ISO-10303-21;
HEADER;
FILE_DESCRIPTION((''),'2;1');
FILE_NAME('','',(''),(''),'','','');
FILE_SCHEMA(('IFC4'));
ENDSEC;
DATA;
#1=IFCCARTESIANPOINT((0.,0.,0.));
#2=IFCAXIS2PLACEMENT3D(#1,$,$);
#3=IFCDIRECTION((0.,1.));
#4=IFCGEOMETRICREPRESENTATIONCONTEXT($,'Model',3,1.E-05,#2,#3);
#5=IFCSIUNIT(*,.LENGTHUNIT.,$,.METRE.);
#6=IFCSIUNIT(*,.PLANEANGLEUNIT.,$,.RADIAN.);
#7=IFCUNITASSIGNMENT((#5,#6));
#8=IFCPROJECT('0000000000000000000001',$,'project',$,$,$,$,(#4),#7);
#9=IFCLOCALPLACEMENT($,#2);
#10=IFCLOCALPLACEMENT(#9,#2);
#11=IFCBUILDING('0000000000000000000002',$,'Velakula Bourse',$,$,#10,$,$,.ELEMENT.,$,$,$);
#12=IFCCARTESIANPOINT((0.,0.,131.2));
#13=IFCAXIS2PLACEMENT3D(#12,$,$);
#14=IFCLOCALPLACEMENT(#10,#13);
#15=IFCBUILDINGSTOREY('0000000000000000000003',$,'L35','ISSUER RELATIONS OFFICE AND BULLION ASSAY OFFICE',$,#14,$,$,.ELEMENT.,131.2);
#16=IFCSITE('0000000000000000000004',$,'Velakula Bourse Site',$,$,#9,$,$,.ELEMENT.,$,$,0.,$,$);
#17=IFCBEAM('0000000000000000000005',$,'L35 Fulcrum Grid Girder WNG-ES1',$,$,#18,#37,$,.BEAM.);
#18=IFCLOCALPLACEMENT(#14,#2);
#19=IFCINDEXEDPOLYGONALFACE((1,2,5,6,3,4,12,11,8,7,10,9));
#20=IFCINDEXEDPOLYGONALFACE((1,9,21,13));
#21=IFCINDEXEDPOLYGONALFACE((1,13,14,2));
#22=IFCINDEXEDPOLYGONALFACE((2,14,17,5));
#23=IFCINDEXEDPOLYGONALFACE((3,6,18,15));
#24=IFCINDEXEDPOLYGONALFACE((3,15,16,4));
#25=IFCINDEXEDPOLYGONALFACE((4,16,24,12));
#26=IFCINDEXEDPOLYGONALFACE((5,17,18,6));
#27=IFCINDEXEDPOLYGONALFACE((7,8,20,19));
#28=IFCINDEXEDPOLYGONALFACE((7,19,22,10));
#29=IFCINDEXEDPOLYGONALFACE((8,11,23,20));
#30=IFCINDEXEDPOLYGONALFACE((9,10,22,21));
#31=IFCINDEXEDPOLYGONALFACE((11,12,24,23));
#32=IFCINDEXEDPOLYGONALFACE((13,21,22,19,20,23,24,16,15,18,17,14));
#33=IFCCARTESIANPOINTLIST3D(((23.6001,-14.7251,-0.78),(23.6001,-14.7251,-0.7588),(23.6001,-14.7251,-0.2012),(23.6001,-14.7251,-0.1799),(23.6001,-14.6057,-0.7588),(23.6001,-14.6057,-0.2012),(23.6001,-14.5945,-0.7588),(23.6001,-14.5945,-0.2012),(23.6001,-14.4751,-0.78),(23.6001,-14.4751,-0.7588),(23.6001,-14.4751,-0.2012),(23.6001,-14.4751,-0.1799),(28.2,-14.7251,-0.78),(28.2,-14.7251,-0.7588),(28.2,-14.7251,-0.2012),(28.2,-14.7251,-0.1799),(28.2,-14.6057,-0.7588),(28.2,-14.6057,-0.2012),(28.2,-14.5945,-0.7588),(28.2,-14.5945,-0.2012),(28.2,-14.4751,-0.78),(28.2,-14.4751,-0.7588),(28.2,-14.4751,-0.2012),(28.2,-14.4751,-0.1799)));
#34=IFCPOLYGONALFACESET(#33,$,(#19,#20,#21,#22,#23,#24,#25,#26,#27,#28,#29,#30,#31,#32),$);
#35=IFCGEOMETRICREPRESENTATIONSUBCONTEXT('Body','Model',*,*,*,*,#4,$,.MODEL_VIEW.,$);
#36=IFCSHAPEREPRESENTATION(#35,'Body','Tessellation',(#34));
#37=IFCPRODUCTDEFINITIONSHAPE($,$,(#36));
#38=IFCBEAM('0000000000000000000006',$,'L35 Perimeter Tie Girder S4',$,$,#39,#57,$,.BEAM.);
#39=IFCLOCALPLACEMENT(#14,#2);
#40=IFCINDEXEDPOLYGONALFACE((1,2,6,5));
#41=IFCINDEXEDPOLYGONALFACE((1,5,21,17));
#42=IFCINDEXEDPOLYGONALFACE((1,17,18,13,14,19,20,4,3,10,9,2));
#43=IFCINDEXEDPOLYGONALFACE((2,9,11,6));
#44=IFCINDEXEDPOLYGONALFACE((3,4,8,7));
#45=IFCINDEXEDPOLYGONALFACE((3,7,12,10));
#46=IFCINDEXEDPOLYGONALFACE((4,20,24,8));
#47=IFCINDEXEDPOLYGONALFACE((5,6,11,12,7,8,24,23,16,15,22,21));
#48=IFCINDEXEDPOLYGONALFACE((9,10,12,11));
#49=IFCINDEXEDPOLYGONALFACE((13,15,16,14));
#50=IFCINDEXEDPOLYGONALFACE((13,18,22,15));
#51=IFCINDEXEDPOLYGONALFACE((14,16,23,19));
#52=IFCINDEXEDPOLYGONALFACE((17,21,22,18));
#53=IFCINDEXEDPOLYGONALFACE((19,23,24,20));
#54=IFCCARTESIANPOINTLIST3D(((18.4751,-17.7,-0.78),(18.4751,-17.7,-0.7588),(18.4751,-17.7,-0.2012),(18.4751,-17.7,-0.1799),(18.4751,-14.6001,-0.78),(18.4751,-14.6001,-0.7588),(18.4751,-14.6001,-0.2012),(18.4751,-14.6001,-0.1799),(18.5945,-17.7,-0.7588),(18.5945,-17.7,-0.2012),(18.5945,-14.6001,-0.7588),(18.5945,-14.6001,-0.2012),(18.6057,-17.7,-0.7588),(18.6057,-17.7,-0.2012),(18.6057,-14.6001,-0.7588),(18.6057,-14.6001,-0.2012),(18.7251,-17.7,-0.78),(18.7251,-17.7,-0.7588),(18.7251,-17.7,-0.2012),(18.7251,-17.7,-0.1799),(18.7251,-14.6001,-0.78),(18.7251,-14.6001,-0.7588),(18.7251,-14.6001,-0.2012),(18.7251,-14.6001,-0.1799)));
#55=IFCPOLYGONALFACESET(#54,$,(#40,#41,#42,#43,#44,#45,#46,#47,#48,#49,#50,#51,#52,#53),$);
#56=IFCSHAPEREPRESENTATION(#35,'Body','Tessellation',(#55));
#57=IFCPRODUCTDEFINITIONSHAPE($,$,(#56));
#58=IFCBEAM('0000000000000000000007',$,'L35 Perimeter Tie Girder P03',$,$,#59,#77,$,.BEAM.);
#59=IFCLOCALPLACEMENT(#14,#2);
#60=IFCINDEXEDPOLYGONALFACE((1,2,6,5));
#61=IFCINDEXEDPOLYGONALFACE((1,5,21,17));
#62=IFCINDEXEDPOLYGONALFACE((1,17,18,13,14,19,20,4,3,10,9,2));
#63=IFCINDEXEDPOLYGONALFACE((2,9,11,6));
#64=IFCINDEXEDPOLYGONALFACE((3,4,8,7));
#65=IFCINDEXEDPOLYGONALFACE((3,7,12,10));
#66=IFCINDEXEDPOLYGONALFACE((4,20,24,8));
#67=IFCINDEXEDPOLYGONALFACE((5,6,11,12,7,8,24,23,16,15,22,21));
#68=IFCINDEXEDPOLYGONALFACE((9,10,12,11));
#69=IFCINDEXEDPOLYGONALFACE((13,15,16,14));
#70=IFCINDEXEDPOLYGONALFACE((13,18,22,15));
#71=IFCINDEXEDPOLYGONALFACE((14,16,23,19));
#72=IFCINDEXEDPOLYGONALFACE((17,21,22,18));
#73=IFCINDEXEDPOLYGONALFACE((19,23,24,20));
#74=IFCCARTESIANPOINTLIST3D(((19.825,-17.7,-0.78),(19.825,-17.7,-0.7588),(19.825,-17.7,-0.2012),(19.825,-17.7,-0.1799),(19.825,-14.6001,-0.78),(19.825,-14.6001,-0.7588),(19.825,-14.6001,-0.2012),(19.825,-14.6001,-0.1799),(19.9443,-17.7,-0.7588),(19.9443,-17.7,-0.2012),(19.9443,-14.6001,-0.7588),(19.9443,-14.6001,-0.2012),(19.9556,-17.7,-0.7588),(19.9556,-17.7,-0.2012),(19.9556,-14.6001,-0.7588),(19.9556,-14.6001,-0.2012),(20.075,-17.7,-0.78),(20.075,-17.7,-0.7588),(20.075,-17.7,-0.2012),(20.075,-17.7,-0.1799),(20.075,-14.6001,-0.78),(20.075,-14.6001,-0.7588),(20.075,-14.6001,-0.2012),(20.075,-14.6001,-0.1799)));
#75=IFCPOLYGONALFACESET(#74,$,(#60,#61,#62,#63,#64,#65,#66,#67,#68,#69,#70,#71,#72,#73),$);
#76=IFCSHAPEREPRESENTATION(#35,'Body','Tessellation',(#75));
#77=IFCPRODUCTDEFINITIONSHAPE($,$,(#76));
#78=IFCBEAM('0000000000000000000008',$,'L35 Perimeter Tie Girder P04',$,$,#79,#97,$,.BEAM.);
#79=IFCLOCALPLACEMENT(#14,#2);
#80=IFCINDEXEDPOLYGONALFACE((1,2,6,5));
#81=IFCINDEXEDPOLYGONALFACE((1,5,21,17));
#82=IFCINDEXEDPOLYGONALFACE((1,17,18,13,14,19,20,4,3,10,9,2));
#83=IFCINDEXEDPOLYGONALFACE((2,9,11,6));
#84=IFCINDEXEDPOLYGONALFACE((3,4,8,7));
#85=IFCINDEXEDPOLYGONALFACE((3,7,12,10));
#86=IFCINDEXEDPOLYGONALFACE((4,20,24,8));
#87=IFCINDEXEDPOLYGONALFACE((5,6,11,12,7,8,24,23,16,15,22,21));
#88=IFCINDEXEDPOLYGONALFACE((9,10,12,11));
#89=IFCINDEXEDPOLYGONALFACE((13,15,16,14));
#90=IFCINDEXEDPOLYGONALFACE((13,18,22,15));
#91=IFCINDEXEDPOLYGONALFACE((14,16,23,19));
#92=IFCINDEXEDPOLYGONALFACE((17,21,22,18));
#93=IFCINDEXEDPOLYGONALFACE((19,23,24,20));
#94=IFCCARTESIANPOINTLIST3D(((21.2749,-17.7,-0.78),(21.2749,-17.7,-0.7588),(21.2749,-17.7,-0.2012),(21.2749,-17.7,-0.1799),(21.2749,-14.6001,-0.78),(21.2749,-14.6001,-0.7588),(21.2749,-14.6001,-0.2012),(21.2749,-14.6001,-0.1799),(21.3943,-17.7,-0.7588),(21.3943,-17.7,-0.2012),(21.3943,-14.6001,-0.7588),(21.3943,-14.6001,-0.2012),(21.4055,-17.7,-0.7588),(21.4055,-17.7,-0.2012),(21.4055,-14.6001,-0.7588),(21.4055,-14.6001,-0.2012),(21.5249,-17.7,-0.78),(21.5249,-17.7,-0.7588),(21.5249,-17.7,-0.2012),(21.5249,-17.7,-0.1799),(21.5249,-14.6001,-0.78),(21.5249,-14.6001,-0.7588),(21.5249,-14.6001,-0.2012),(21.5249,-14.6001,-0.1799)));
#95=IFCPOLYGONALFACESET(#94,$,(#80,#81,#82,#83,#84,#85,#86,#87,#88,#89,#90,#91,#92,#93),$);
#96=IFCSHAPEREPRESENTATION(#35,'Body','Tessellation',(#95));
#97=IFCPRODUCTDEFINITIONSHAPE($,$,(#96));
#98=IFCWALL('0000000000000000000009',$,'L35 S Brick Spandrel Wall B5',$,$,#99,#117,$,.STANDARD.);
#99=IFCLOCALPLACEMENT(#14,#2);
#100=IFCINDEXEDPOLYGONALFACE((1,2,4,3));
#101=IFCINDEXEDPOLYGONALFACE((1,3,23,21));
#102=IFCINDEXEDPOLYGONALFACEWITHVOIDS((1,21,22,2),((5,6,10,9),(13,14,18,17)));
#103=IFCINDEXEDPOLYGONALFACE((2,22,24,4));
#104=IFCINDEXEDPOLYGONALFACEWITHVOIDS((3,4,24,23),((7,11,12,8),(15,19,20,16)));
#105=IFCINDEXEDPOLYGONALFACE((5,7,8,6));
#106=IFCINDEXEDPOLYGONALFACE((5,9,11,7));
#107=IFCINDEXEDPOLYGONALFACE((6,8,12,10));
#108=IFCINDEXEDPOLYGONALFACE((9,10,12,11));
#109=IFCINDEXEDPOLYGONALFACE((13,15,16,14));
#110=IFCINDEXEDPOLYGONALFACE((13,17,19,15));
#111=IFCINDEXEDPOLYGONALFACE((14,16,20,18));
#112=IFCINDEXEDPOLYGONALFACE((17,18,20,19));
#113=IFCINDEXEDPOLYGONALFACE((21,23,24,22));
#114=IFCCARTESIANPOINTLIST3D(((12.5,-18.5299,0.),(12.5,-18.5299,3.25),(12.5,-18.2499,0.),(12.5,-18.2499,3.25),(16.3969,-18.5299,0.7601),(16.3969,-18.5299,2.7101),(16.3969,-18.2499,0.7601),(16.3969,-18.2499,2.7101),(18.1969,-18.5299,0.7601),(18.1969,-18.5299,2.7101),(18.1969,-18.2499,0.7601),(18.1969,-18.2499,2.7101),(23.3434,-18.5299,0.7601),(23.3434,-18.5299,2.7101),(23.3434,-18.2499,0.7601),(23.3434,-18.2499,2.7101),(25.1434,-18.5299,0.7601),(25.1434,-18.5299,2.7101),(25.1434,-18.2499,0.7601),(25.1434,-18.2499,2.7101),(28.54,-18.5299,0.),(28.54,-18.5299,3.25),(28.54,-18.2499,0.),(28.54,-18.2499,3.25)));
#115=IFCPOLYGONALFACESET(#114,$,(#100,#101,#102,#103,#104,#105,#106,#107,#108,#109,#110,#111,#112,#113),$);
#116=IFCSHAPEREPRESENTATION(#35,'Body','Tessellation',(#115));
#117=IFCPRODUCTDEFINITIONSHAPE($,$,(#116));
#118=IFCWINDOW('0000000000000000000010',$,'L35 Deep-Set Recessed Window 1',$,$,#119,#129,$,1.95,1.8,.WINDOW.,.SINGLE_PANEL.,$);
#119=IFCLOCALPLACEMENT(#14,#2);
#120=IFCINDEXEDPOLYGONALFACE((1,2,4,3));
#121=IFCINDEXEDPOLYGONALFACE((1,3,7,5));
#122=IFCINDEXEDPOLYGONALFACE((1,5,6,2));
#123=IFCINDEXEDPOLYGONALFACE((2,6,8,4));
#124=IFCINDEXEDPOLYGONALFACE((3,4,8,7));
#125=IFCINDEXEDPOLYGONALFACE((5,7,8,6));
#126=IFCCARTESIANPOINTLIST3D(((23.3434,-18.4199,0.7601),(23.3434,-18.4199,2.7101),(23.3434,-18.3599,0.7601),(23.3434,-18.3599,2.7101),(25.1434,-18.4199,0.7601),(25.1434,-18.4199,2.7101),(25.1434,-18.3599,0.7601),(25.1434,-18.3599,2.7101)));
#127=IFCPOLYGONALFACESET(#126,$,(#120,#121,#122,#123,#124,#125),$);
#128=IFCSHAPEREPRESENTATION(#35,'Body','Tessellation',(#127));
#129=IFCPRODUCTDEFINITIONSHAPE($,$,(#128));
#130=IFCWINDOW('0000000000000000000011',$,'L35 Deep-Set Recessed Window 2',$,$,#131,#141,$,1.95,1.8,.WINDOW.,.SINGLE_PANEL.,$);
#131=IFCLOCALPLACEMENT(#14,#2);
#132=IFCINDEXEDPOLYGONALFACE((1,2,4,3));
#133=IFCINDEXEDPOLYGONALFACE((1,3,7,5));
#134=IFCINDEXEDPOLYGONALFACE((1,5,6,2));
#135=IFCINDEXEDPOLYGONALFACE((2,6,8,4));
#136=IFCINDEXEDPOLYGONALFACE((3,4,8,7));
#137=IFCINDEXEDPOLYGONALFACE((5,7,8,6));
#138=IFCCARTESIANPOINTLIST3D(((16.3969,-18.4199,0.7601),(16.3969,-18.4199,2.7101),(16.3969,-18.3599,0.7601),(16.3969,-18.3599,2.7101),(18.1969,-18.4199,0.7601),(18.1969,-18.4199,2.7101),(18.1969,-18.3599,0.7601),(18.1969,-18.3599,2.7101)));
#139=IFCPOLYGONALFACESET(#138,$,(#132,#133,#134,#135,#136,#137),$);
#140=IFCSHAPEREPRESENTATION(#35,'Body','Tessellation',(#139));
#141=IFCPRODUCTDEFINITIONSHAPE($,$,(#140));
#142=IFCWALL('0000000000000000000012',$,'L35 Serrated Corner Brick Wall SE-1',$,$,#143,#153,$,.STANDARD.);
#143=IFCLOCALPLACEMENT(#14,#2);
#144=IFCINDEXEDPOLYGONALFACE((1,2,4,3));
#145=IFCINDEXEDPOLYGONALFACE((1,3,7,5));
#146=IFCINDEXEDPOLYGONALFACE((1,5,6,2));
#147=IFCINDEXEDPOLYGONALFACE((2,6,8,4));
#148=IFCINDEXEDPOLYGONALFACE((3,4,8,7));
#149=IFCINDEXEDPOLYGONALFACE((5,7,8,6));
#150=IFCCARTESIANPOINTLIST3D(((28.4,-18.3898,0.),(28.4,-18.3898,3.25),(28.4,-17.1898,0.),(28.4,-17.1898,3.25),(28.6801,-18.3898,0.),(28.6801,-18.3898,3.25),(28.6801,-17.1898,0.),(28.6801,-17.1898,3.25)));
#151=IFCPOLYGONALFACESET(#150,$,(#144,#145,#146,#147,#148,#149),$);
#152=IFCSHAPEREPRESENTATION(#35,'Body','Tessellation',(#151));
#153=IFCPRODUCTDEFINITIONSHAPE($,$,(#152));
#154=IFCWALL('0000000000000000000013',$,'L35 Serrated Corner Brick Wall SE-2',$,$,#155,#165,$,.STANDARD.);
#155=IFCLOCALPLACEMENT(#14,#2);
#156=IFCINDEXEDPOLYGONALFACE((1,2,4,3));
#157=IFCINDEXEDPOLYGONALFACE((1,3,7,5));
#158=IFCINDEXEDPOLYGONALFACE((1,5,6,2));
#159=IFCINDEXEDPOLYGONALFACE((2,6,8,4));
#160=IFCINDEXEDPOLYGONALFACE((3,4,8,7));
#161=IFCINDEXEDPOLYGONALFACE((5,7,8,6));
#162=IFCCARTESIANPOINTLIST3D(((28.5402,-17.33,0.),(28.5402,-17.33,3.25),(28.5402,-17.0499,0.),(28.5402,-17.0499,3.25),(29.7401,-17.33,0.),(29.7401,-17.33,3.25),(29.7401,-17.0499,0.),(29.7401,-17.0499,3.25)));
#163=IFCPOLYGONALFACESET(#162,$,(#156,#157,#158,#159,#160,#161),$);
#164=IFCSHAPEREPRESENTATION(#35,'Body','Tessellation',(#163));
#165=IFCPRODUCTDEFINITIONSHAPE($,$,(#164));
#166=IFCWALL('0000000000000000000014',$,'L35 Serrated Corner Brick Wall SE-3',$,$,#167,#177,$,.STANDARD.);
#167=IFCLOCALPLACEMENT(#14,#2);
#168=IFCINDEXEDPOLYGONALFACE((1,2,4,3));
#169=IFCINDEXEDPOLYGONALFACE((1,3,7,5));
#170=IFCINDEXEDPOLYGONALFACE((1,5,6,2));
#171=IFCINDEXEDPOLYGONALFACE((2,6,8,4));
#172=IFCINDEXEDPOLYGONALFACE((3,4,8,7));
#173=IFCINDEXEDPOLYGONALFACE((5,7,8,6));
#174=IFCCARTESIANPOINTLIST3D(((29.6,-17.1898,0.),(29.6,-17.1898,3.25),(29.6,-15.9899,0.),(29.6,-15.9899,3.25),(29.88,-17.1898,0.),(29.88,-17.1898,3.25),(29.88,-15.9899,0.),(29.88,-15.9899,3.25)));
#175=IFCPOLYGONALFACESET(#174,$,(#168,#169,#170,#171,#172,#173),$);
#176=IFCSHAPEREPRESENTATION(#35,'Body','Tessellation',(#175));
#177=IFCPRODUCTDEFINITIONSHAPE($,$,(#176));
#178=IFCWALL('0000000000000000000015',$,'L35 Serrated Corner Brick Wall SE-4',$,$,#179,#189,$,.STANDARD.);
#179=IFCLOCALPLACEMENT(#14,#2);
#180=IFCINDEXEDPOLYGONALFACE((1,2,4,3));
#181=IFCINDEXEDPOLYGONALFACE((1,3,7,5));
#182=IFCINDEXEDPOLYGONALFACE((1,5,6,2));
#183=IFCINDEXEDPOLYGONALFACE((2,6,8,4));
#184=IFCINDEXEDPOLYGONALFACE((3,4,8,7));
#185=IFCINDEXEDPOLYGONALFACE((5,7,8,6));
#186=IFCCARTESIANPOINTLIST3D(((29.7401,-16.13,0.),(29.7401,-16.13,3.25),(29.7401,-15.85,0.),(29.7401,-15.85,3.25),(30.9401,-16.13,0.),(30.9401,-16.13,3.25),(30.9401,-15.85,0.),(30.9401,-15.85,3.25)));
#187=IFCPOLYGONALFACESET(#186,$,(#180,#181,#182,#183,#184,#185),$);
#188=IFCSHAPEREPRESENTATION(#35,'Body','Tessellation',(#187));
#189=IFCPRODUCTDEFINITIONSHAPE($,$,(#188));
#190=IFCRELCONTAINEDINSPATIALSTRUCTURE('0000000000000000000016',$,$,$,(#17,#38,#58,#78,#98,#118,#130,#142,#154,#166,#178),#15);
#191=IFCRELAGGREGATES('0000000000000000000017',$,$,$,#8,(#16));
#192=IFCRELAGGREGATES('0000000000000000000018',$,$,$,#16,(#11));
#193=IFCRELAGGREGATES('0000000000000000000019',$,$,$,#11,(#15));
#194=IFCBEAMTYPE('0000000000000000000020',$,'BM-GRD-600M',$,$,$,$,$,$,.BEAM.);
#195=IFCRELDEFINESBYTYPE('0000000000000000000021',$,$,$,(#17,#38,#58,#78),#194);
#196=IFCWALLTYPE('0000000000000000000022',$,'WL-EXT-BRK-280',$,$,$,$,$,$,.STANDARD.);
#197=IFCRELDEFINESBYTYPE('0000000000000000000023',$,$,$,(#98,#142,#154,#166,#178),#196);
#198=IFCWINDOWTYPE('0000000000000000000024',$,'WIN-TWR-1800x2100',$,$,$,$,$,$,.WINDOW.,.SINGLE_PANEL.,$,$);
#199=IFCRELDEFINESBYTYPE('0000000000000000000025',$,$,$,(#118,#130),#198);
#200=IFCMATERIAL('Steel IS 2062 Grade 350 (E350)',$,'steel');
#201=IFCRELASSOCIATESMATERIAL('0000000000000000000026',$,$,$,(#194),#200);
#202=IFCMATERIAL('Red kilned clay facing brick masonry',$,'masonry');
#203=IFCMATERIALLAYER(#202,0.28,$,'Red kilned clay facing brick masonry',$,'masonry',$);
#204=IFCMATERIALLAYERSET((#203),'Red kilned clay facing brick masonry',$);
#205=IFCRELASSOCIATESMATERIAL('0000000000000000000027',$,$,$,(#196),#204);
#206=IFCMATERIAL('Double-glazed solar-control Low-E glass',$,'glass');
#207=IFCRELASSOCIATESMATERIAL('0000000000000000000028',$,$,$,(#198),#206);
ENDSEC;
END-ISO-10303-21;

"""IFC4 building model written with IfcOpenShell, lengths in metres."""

from ifc_helpers import new_model, si_unit, direction, frame, frame_2d, origin, origin_2d, place, context, subcontext, project, spatial, rectangle, i_section, extrude, material, layer, layer_set, material_profile, profile_set, type_object, element, fill, save


model = new_model("IFC4")

# Units and contexts
model_context = context("Model", 3, precision=1e-05, world=origin(), true_north=direction((0.0, 1.0)))
body_context = subcontext(model_context, "Body", "Model", "MODEL_VIEW")
ifc_project = project(units=[si_unit("LENGTHUNIT", "METRE"), si_unit("PLANEANGLEUNIT", "RADIAN")], contexts=[model_context])

# Site, building, storey
site_placement = place(None, origin())
site = spatial("IfcSite", under=ifc_project, at=site_placement, Name="Velakula Bourse Site", CompositionType="ELEMENT", RefElevation=0.0)
building_placement = place(site_placement, origin())
building = spatial("IfcBuilding", under=site, at=building_placement, Name="Velakula Bourse", CompositionType="ELEMENT")
storey_placement = place(building_placement, frame((0.0, 0.0, 131.2)))
storey = spatial("IfcBuildingStorey", under=building, at=storey_placement, Name="L35", Description="ISSUER RELATIONS OFFICE AND BULLION ASSAY OFFICE", CompositionType="ELEMENT", Elevation=131.2)

# Shared definitions
ifc_material_1 = material(Name="Steel IS 2062 Grade 350 (E350)", Category="steel")

# Beams
ifc_material_profile_1 = material_profile(ifc_material_1, i_section(OverallWidth=0.25, OverallDepth=0.6001, WebThickness=0.0112, FlangeThickness=0.0212, at=origin_2d()), Name="Steel IS 2062 Grade 350 (E350)")
ifc_profile_set_1 = profile_set([ifc_material_profile_1], Name="Steel IS 2062 Grade 350 (E350)")
beam_type = type_object("IfcBeamType", Name="BM-GRD-600M", PredefinedType="BEAM", material=ifc_profile_set_1)
beam_1_placement = place(storey_placement, frame((23.6001, -14.6001, -0.48), z_axis=(1.0, 0.0, 0.0), x_axis=(0.0, 1.0, 0.0)))
element("IfcBeam", 1, at=beam_1_placement, inside=storey, type_object=beam_type, Name="L35 Fulcrum Grid Girder WNG-ES1", PredefinedType="BEAM", context=body_context, shape_type="SweptSolid", body=[
    extrude(i_section(OverallWidth=0.25, OverallDepth=0.6001, WebThickness=0.0112, FlangeThickness=0.0212, at=origin_2d()), origin(), (0.0, 0.0, 1.0), 4.5999),
])
for number, where, z_axis, x_axis, name in (
    (2, (18.6001, -14.6001, -0.48), (0.0, -1.0, 0.0), (1.0, 0.0, 0.0), "L35 Perimeter Tie Girder S4"),
    (3, (19.95, -14.6001, -0.48), (0.0, -1.0, 0.0), (1.0, 0.0, 0.0), "L35 Perimeter Tie Girder P03"),
    (4, (21.3999, -14.6001, -0.48), (0.0, -1.0, 0.0), (1.0, 0.0, 0.0), "L35 Perimeter Tie Girder P04"),
):
    element("IfcBeam", number, at=place(storey_placement, frame(where, z_axis=z_axis, x_axis=x_axis)), inside=storey, type_object=beam_type, Name=name, PredefinedType="BEAM", context=body_context, shape_type="SweptSolid", body=[
        extrude(i_section(OverallWidth=0.25, OverallDepth=0.6001, WebThickness=0.0112, FlangeThickness=0.0212, at=origin_2d()), origin(), (0.0, 0.0, 1.0), 3.0999),
    ])

# Wall, openings, windows
ifc_material_2 = material(Name="Red kilned clay facing brick masonry", Category="masonry")
ifc_layer_1 = layer(ifc_material_2, 0.28, Name="Red kilned clay facing brick masonry", Category="masonry")
ifc_layer_set_1 = layer_set([ifc_layer_1], Name="Red kilned clay facing brick masonry")
wall_type_1 = type_object("IfcWallType", Name="WL-EXT-BRK-280", PredefinedType="STANDARD", material=ifc_layer_set_1)
wall_placement = place(storey_placement, frame((28.54, -18.3899, 0.0), z_axis=(0.0, 0.0, 1.0), x_axis=(-1.0, 0.0, 0.0)))
wall = element("IfcWall", 5, at=wall_placement, inside=storey, type_object=wall_type_1, Name="L35 S Brick Spandrel Wall B5", PredefinedType="STANDARD", context=body_context, shape_type="SweptSolid", body=[
    extrude(rectangle(XDim=16.04, YDim=0.28, at=frame_2d((8.02, 0.0))), origin(), (0.0, 0.0, 1.0), 3.25),
])
opening_1_placement = place(wall_placement, frame((3.3967, 0.0, 0.76)))
opening_1 = element("IfcOpeningElement", 6, at=opening_1_placement, cuts=wall, PredefinedType="OPENING", context=body_context, shape_type="SweptSolid", body=[
    extrude(rectangle(XDim=1.8, YDim=1.95, at=frame_2d((0.8999, 0.9751))), frame((0.0, 0.1499, 0.0), z_axis=(0.0, -1.0, 0.0), x_axis=(1.0, 0.0, 0.0)), (0.0, 0.0, 1.0), 0.3),
])
opening_2_placement = place(wall_placement, frame((10.3433, 0.0, 0.76)))
opening_2 = element("IfcOpeningElement", 7, at=opening_2_placement, cuts=wall, PredefinedType="OPENING", context=body_context, shape_type="SweptSolid", body=[
    extrude(rectangle(XDim=1.8, YDim=1.95, at=frame_2d((0.8999, 0.9751))), frame((0.0, 0.1499, 0.0), z_axis=(0.0, -1.0, 0.0), x_axis=(1.0, 0.0, 0.0)), (0.0, 0.0, 1.0), 0.3),
])
ifc_material_3 = material(Name="Double-glazed solar-control Low-E glass", Category="glass")
window_type = type_object("IfcWindowType", Name="WIN-TWR-1800x2100", PartitioningType="SINGLE_PANEL", PredefinedType="WINDOW", material=ifc_material_3)
window_1_placement = place(opening_1_placement, origin())
window_1 = element("IfcWindow", 8, at=window_1_placement, inside=storey, type_object=window_type, Name="L35 Deep-Set Recessed Window 1", OverallHeight=1.95, OverallWidth=1.8, PartitioningType="SINGLE_PANEL", PredefinedType="WINDOW", context=body_context, shape_type="SweptSolid", body=[
    extrude(rectangle(XDim=1.8, YDim=1.95, at=frame_2d((0.8999, 0.9751))), frame((0.0, 0.03, 0.0), z_axis=(0.0, -1.0, 0.0), x_axis=(1.0, 0.0, 0.0)), (0.0, 0.0, 1.0), 0.0601),
])
fill(opening_1, window_1)
window_2_placement = place(opening_2_placement, origin())
window_2 = element("IfcWindow", 9, at=window_2_placement, inside=storey, type_object=window_type, Name="L35 Deep-Set Recessed Window 2", OverallHeight=1.95, OverallWidth=1.8, PartitioningType="SINGLE_PANEL", PredefinedType="WINDOW", context=body_context, shape_type="SweptSolid", body=[
    extrude(rectangle(XDim=1.8, YDim=1.95, at=frame_2d((0.8999, 0.9751))), frame((0.0, 0.03, 0.0), z_axis=(0.0, -1.0, 0.0), x_axis=(1.0, 0.0, 0.0)), (0.0, 0.0, 1.0), 0.0601),
])
fill(opening_2, window_2)

# Walls
for number, where, z_axis, x_axis, name in (
    (10, (28.54, -18.3899, 0.0), (0.0, 0.0, 1.0), (0.0, 1.0, 0.0), "L35 Serrated Corner Brick Wall SE-1"),
    (11, (28.54, -17.1899, 0.0), (0.0, 0.0, 1.0), (1.0, 0.0, 0.0), "L35 Serrated Corner Brick Wall SE-2"),
    (12, (29.74, -17.1899, 0.0), (0.0, 0.0, 1.0), (0.0, 1.0, 0.0), "L35 Serrated Corner Brick Wall SE-3"),
    (13, (29.74, -15.99, 0.0), (0.0, 0.0, 1.0), (1.0, 0.0, 0.0), "L35 Serrated Corner Brick Wall SE-4"),
):
    element("IfcWall", number, at=place(storey_placement, frame(where, z_axis=z_axis, x_axis=x_axis)), inside=storey, type_object=wall_type_1, Name=name, PredefinedType="STANDARD", context=body_context, shape_type="SweptSolid", body=[
        extrude(rectangle(XDim=1.2, YDim=0.28, at=frame_2d((0.6001, 0.0))), origin(), (0.0, 0.0, 1.0), 3.25),
    ])

save(model, "model.ifc")
